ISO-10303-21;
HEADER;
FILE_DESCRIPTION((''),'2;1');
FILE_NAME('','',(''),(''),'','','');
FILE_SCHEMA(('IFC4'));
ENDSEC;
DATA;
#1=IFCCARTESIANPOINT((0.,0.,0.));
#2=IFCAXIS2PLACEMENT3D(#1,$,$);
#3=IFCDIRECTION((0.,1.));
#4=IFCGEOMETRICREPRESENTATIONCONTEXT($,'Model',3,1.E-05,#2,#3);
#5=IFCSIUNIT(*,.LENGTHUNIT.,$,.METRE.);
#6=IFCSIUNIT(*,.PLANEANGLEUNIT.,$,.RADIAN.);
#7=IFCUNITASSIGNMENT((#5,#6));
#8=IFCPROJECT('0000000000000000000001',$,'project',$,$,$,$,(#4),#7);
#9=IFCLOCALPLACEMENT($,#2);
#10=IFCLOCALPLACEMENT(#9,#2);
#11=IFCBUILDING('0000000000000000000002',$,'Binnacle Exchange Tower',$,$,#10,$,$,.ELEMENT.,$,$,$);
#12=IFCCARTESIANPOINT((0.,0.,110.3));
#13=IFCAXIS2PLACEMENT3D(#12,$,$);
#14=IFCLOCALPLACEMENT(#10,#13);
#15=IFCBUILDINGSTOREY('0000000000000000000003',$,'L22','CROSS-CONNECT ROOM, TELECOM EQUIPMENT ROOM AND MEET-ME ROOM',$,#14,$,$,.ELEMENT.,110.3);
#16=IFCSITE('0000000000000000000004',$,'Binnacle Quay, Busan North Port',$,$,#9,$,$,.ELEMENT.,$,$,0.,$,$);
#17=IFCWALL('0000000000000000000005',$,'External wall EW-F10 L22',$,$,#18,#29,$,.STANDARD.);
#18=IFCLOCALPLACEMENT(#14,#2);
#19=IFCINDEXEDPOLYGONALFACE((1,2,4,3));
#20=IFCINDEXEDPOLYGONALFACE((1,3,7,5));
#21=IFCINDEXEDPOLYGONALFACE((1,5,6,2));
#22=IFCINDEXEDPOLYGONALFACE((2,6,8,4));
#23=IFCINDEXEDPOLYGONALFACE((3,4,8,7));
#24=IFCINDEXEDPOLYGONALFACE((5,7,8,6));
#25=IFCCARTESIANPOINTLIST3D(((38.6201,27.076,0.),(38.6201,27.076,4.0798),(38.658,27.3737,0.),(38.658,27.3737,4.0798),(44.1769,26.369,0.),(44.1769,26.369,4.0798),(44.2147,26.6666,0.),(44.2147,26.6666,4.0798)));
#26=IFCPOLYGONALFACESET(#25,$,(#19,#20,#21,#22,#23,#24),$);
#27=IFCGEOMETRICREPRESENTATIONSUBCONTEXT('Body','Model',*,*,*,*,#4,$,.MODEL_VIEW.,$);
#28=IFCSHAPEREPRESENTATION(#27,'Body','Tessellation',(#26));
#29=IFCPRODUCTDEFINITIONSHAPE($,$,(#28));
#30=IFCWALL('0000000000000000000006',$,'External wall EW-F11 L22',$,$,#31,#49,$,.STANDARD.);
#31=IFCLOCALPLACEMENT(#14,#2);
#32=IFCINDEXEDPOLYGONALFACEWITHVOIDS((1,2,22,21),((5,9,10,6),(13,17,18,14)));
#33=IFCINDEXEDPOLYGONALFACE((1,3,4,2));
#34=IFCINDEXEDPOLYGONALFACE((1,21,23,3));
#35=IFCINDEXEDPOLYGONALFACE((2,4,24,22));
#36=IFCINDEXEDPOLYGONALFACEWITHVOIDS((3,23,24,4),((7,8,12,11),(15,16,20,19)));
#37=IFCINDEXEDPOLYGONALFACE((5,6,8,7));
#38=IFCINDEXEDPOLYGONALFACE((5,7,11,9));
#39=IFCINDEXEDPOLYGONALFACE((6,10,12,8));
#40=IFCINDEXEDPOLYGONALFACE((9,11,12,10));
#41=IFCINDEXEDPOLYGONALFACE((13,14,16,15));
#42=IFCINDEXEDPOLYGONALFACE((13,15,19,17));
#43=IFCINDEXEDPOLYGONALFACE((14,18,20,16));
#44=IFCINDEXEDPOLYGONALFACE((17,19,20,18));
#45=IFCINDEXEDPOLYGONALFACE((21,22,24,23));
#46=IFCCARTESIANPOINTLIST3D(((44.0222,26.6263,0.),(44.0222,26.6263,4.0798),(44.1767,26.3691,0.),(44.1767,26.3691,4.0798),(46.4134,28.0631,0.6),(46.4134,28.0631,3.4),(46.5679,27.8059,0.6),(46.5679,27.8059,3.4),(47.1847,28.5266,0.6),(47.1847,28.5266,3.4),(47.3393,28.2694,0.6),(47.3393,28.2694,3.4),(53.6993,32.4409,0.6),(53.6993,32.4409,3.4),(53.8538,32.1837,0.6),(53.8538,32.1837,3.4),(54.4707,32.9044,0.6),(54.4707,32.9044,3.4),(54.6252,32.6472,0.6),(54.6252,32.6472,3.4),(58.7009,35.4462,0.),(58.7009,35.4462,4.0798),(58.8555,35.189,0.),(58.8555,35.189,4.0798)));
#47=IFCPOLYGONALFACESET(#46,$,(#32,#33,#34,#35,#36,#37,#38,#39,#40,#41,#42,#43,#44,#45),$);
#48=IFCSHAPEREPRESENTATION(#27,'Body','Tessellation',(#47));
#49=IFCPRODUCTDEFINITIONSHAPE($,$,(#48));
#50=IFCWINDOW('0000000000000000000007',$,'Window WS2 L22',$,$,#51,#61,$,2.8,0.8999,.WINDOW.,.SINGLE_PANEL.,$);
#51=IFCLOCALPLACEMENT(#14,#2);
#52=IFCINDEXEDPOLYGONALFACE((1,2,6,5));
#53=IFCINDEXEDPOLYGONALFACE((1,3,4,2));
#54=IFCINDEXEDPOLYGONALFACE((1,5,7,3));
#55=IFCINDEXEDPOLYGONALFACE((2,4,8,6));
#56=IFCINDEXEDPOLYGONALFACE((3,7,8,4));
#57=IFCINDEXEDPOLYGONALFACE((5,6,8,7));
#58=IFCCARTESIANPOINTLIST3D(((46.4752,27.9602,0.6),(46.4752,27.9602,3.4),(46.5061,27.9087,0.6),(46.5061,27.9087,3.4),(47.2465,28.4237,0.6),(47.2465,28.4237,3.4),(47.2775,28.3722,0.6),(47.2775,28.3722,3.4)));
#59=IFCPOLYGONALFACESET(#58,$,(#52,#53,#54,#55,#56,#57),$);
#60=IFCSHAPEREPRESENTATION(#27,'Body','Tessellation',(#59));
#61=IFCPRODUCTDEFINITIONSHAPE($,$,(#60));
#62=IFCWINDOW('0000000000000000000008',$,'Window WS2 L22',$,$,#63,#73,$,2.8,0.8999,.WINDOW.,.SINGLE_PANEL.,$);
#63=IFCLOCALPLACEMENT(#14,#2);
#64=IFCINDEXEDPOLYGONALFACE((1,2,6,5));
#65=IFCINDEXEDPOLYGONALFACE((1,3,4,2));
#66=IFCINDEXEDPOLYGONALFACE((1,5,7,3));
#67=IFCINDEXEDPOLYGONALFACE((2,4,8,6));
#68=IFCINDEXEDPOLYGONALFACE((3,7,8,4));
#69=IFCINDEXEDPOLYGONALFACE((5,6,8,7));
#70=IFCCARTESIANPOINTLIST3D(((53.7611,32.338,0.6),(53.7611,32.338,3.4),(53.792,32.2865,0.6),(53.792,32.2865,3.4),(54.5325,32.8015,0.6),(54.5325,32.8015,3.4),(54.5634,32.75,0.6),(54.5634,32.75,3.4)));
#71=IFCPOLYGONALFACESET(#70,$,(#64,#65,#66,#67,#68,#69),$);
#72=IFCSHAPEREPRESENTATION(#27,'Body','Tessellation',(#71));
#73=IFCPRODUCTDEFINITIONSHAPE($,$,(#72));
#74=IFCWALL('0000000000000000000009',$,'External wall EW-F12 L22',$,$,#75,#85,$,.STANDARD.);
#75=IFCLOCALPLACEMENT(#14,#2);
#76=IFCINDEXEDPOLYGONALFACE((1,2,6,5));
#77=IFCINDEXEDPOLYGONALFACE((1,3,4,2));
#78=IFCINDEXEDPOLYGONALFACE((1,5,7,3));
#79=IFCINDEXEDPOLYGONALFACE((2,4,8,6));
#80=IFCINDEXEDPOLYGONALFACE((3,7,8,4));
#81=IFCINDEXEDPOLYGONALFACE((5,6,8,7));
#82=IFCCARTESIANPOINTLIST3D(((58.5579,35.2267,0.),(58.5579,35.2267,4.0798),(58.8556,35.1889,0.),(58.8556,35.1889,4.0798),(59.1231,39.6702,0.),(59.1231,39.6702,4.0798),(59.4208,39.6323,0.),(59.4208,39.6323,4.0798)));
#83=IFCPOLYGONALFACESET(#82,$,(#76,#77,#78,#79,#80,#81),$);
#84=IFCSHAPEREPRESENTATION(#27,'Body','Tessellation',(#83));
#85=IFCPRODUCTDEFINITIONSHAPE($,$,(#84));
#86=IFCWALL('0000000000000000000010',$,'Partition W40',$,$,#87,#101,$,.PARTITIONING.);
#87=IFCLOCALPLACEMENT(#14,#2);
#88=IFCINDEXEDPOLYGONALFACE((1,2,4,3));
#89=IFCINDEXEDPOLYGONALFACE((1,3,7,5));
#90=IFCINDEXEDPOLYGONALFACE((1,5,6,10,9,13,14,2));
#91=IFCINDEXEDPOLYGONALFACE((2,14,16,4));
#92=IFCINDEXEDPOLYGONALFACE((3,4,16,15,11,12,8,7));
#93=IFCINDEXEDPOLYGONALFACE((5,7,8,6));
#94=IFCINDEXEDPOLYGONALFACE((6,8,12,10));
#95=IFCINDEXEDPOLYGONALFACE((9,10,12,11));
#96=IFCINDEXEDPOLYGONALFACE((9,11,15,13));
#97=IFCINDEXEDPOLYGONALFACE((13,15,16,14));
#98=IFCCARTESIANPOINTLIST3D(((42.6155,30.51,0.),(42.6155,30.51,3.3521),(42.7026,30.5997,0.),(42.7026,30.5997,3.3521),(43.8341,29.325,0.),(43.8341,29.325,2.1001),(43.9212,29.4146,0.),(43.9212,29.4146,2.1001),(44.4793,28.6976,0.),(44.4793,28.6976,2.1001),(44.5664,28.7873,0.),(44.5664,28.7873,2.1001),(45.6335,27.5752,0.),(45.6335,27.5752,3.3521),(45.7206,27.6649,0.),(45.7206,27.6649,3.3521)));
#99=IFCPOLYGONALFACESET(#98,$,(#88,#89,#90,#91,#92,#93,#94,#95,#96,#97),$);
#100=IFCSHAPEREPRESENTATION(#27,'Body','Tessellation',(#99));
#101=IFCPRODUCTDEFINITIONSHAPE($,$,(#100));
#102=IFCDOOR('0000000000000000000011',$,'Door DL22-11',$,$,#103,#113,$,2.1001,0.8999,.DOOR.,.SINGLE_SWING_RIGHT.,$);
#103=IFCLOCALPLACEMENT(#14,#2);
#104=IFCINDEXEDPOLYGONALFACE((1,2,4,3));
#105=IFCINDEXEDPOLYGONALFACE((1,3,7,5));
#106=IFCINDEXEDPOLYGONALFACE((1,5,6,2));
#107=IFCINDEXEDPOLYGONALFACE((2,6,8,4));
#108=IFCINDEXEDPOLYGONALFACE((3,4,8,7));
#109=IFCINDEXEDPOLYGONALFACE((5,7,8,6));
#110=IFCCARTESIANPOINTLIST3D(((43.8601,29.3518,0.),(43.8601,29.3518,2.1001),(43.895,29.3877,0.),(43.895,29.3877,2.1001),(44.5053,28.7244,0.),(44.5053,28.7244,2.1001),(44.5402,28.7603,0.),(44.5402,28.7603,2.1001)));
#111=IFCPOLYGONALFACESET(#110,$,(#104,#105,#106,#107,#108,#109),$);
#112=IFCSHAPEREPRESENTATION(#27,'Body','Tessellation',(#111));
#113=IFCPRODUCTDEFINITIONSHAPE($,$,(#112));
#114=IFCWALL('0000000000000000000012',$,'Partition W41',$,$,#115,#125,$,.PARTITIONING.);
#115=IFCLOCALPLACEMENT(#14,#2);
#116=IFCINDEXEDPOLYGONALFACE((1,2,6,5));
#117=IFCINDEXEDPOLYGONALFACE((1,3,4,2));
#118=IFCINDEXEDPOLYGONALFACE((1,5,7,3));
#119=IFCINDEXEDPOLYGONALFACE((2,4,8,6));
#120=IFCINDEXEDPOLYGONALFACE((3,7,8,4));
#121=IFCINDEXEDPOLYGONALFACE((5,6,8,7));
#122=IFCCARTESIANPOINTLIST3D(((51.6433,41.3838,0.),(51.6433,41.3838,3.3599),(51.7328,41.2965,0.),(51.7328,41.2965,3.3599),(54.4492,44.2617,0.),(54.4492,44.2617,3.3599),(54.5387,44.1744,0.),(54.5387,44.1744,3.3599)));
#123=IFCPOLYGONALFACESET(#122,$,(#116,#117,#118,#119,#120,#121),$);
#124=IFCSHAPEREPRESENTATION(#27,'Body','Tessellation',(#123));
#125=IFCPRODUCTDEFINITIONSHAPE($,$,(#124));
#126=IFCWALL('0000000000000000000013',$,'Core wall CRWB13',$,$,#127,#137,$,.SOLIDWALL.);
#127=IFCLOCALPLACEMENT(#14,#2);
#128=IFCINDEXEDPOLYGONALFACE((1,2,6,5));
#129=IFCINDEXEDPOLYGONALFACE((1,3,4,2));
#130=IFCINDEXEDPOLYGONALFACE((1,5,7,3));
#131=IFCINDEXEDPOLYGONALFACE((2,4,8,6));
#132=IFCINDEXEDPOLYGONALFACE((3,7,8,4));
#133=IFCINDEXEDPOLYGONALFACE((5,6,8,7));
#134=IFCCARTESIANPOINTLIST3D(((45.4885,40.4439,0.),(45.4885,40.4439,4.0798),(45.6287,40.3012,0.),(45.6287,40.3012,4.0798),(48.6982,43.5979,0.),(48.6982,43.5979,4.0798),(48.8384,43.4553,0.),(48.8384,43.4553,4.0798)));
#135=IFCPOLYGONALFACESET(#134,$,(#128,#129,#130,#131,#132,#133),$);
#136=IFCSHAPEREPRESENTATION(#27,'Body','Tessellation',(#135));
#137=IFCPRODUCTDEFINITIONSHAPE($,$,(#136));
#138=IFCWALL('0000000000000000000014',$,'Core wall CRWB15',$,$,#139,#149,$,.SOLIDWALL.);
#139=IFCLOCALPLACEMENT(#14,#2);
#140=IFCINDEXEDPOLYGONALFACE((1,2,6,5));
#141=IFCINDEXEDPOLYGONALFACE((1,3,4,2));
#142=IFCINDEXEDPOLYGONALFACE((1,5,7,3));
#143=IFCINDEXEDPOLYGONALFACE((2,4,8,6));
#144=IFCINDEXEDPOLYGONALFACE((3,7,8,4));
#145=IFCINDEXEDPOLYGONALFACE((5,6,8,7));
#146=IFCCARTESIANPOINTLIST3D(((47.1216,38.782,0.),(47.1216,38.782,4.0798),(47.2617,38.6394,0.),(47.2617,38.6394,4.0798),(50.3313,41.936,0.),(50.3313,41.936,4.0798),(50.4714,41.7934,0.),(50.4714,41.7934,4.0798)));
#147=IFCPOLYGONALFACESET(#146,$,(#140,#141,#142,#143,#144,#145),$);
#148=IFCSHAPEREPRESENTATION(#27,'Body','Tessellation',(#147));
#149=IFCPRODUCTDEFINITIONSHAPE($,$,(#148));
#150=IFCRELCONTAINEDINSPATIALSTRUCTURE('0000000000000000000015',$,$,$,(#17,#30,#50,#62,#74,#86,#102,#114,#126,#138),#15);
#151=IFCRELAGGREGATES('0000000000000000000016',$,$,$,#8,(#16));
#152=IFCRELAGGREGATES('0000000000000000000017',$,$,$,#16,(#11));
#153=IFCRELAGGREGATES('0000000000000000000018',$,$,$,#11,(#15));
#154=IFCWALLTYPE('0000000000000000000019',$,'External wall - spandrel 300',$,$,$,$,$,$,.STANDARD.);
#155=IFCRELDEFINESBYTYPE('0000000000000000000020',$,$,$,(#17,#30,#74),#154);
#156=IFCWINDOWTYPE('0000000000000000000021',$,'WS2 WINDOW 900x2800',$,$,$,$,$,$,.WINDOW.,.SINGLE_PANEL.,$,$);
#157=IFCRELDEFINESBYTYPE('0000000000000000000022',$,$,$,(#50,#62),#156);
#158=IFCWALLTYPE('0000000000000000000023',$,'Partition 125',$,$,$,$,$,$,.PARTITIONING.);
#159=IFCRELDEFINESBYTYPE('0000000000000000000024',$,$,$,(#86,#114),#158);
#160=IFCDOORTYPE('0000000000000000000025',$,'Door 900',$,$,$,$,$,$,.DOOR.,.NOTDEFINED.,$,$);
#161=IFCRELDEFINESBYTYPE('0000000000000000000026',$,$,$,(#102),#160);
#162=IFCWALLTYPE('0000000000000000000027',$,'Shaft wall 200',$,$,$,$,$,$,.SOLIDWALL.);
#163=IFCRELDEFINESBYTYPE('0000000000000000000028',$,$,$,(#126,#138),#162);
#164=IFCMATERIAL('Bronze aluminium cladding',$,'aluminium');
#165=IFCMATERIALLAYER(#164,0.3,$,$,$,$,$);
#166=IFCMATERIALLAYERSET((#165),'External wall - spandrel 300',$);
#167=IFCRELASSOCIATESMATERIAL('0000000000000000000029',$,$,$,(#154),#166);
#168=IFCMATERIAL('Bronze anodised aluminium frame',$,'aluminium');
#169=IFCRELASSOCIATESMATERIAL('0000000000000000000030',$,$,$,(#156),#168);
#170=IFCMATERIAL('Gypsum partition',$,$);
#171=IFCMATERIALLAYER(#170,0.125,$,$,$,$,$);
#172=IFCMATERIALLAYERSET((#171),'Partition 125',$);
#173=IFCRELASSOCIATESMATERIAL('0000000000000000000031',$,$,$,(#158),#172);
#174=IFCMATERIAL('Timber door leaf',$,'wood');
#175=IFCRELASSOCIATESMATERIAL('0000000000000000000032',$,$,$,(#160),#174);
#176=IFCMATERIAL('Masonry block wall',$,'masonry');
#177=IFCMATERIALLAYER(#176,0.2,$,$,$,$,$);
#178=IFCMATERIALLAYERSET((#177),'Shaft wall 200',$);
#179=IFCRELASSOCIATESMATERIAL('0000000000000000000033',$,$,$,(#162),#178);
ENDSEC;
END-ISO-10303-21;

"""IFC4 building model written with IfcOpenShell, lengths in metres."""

from ifc_helpers import new_model, si_unit, direction, frame, frame_2d, origin, place, context, subcontext, project, spatial, rectangle, extrude, material, layer, layer_set, type_object, element, fill, save


model = new_model("IFC4")

# Units and contexts
model_context = context("Model", 3, precision=1e-05, world=origin(), true_north=direction((0.0, 1.0)))
body_context = subcontext(model_context, "Body", "Model", "MODEL_VIEW")
ifc_project = project(units=[si_unit("LENGTHUNIT", "METRE"), si_unit("PLANEANGLEUNIT", "RADIAN")], contexts=[model_context])

# Site, building, storey
site_placement = place(None, origin())
site = spatial("IfcSite", under=ifc_project, at=site_placement, Name="Binnacle Quay, Busan North Port", CompositionType="ELEMENT", RefElevation=0.0)
building_placement = place(site_placement, origin())
building = spatial("IfcBuilding", under=site, at=building_placement, Name="Binnacle Exchange Tower", CompositionType="ELEMENT")
storey_placement = place(building_placement, frame((0.0, 0.0, 110.3)))
storey = spatial("IfcBuildingStorey", under=building, at=storey_placement, Name="L22", Description="CROSS-CONNECT ROOM, TELECOM EQUIPMENT ROOM AND MEET-ME ROOM", CompositionType="ELEMENT", Elevation=110.3)

# Wall
ifc_material_1 = material(Name="Bronze aluminium cladding", Category="aluminium")
ifc_layer_1 = layer(ifc_material_1, 0.3)
ifc_layer_set_1 = layer_set([ifc_layer_1], Name="External wall - spandrel 300")
wall_type_1 = type_object("IfcWallType", Name="External wall - spandrel 300", PredefinedType="STANDARD", material=ifc_layer_set_1)
wall_1_placement = place(storey_placement, frame((44.1958, 26.5178, 0.0), z_axis=(0.0, 0.0, 1.0), x_axis=(-0.992002, 0.126223, 0.0)))
element("IfcWall", 1, at=wall_1_placement, inside=storey, type_object=wall_type_1, Name="External wall EW-F10 L22", PredefinedType="STANDARD", context=body_context, shape_type="SweptSolid", body=[
    extrude(rectangle(XDim=5.6016, YDim=0.3, at=frame_2d((2.8008, 0.0))), origin(), (0.0, 0.0, 1.0), 4.0798),
])

# Wall, openings, windows
wall_2_placement = place(storey_placement, frame((58.7783, 35.3176, 0.0), z_axis=(0.0, 0.0, 1.0), x_axis=(-0.857168, -0.515037, 0.0)))
wall_2 = element("IfcWall", 2, at=wall_2_placement, inside=storey, type_object=wall_type_1, Name="External wall EW-F11 L22", PredefinedType="STANDARD", context=body_context, shape_type="SweptSolid", body=[
    extrude(rectangle(XDim=17.1248, YDim=0.3, at=frame_2d((8.5625, 0.0))), origin(), (0.0, 0.0, 1.0), 4.0798),
])
opening_1_placement = place(wall_2_placement, frame((13.4353, 0.0, 0.6001)))
opening_1 = element("IfcOpeningElement", 3, at=opening_1_placement, cuts=wall_2, PredefinedType="OPENING", context=body_context, shape_type="SweptSolid", body=[
    extrude(rectangle(XDim=0.8999, YDim=2.8, at=frame_2d((0.45, 1.3999))), frame((0.0, 0.1599, 0.0), z_axis=(0.0, -1.0, 0.0), x_axis=(1.0, 0.0, 0.0)), (0.0, 0.0, 1.0), 0.3201),
])
opening_2_placement = place(wall_2_placement, frame((4.9353, 0.0, 0.6001)))
opening_2 = element("IfcOpeningElement", 4, at=opening_2_placement, cuts=wall_2, PredefinedType="OPENING", context=body_context, shape_type="SweptSolid", body=[
    extrude(rectangle(XDim=0.8999, YDim=2.8, at=frame_2d((0.45, 1.3999))), frame((0.0, 0.1599, 0.0), z_axis=(0.0, -1.0, 0.0), x_axis=(1.0, 0.0, 0.0)), (0.0, 0.0, 1.0), 0.3201),
])
ifc_material_2 = material(Name="Bronze anodised aluminium frame", Category="aluminium")
window_type = type_object("IfcWindowType", Name="WS2 WINDOW 900x2800", PartitioningType="SINGLE_PANEL", PredefinedType="WINDOW", material=ifc_material_2)
window_1_placement = place(opening_1_placement, origin())
window_1 = element("IfcWindow", 5, at=window_1_placement, inside=storey, type_object=window_type, Name="Window WS2 L22", OverallHeight=2.8, OverallWidth=0.8999, PartitioningType="SINGLE_PANEL", PredefinedType="WINDOW", context=body_context, shape_type="SweptSolid", body=[
    extrude(rectangle(XDim=0.8999, YDim=2.8, at=frame_2d((0.45, 1.3999))), frame((0.0, 0.03, 0.0), z_axis=(0.0, -1.0, 0.0), x_axis=(1.0, 0.0, 0.0)), (0.0, 0.0, 1.0), 0.0601),
])
fill(opening_1, window_1)
window_2_placement = place(opening_2_placement, origin())
window_2 = element("IfcWindow", 6, at=window_2_placement, inside=storey, type_object=window_type, Name="Window WS2 L22", OverallHeight=2.8, OverallWidth=0.8999, PartitioningType="SINGLE_PANEL", PredefinedType="WINDOW", context=body_context, shape_type="SweptSolid", body=[
    extrude(rectangle(XDim=0.8999, YDim=2.8, at=frame_2d((0.45, 1.3999))), frame((0.0, 0.03, 0.0), z_axis=(0.0, -1.0, 0.0), x_axis=(1.0, 0.0, 0.0)), (0.0, 0.0, 1.0), 0.0601),
])
fill(opening_2, window_2)

# Wall
wall_3_placement = place(storey_placement, frame((59.272, 39.6514, 0.0), z_axis=(0.0, 0.0, 1.0), x_axis=(-0.126181, -0.992007, 0.0)))
element("IfcWall", 7, at=wall_3_placement, inside=storey, type_object=wall_type_1, Name="External wall EW-F12 L22", PredefinedType="STANDARD", context=body_context, shape_type="SweptSolid", body=[
    extrude(rectangle(XDim=4.4792, YDim=0.3, at=frame_2d((2.2397, 0.0))), origin(), (0.0, 0.0, 1.0), 4.0798),
])

# Wall, opening, door
ifc_material_3 = material(Name="Gypsum partition")
ifc_layer_2 = layer(ifc_material_3, 0.125)
ifc_layer_set_2 = layer_set([ifc_layer_2], Name="Partition 125")
wall_type_2 = type_object("IfcWallType", Name="Partition 125", PredefinedType="PARTITIONING", material=ifc_layer_set_2)
wall_4_placement = place(storey_placement, frame((42.6589, 30.5549, 0.0), z_axis=(0.0, 0.0, 1.0), x_axis=(0.716926, -0.69715, 0.0)))
wall_4 = element("IfcWall", 8, at=wall_4_placement, inside=storey, type_object=wall_type_2, Name="Partition W40", PredefinedType="PARTITIONING", context=body_context, shape_type="SweptSolid", body=[
    extrude(rectangle(XDim=4.2097, YDim=0.125, at=frame_2d((2.105, 0.0))), origin(), (0.0, 0.0, 1.0), 3.3521),
])
opening_3_placement = place(wall_4_placement, frame((1.7, 0.0, 0.0)))
opening_3 = element("IfcOpeningElement", 9, at=opening_3_placement, cuts=wall_4, PredefinedType="OPENING", context=body_context, shape_type="SweptSolid", body=[
    extrude(rectangle(XDim=0.8999, YDim=2.1001, at=frame_2d((0.45, 1.05))), frame((0.0, 0.0725, 0.0), z_axis=(0.0, -1.0, 0.0), x_axis=(1.0, 0.0, 0.0)), (0.0, 0.0, 1.0), 0.145),
])
ifc_material_4 = material(Name="Timber door leaf", Category="wood")
door_type_1 = type_object("IfcDoorType", Name="Door 900", OperationType="NOTDEFINED", PredefinedType="DOOR", material=ifc_material_4)
door_1_placement = place(opening_3_placement, origin())
door_1 = element("IfcDoor", 10, at=door_1_placement, inside=storey, type_object=door_type_1, Name="Door DL22-11", OperationType="SINGLE_SWING_RIGHT", OverallHeight=2.1001, OverallWidth=0.8999, PredefinedType="DOOR", context=body_context, shape_type="SweptSolid", body=[
    extrude(rectangle(XDim=0.8999, YDim=2.1001, at=frame_2d((0.45, 1.05))), frame((0.0, 0.0249, 0.0), z_axis=(0.0, -1.0, 0.0), x_axis=(1.0, 0.0, 0.0)), (0.0, 0.0, 1.0), 0.05),
])
fill(opening_3, door_1)

# Walls
wall_5_placement = place(storey_placement, frame((51.688, 41.3401, 0.0), z_axis=(0.0, 0.0, 1.0), x_axis=(0.698091, 0.716009, 0.0)))
element("IfcWall", 11, at=wall_5_placement, inside=storey, type_object=wall_type_2, Name="Partition W41", PredefinedType="PARTITIONING", context=body_context, shape_type="SweptSolid", body=[
    extrude(rectangle(XDim=4.0193, YDim=0.125, at=frame_2d((2.0098, 0.0))), origin(), (0.0, 0.0, 1.0), 3.3599),
])
ifc_material_5 = material(Name="Masonry block wall", Category="masonry")
ifc_layer_3 = layer(ifc_material_5, 0.2)
ifc_layer_set_3 = layer_set([ifc_layer_3], Name="Shaft wall 200")
wall_type_3 = type_object("IfcWallType", Name="Shaft wall 200", PredefinedType="SOLIDWALL", material=ifc_layer_set_3)
for number, where, z_axis, x_axis, name in (
    (12, (45.5586, 40.3726, 0.0), (0.0, 0.0, 1.0), (0.713265, 0.700895, 0.0), "Core wall CRWB13"),
    (13, (47.1917, 38.7107, 0.0), (0.0, 0.0, 1.0), (0.713265, 0.700895, 0.0), "Core wall CRWB15"),
):
    element("IfcWall", number, at=place(storey_placement, frame(where, z_axis=z_axis, x_axis=x_axis)), inside=storey, type_object=wall_type_3, Name=name, PredefinedType="SOLIDWALL", context=body_context, shape_type="SweptSolid", body=[
        extrude(rectangle(XDim=4.5, YDim=0.2, at=frame_2d((2.25, 0.0))), origin(), (0.0, 0.0, 1.0), 4.0798),
    ])

save(model, "model.ifc")
